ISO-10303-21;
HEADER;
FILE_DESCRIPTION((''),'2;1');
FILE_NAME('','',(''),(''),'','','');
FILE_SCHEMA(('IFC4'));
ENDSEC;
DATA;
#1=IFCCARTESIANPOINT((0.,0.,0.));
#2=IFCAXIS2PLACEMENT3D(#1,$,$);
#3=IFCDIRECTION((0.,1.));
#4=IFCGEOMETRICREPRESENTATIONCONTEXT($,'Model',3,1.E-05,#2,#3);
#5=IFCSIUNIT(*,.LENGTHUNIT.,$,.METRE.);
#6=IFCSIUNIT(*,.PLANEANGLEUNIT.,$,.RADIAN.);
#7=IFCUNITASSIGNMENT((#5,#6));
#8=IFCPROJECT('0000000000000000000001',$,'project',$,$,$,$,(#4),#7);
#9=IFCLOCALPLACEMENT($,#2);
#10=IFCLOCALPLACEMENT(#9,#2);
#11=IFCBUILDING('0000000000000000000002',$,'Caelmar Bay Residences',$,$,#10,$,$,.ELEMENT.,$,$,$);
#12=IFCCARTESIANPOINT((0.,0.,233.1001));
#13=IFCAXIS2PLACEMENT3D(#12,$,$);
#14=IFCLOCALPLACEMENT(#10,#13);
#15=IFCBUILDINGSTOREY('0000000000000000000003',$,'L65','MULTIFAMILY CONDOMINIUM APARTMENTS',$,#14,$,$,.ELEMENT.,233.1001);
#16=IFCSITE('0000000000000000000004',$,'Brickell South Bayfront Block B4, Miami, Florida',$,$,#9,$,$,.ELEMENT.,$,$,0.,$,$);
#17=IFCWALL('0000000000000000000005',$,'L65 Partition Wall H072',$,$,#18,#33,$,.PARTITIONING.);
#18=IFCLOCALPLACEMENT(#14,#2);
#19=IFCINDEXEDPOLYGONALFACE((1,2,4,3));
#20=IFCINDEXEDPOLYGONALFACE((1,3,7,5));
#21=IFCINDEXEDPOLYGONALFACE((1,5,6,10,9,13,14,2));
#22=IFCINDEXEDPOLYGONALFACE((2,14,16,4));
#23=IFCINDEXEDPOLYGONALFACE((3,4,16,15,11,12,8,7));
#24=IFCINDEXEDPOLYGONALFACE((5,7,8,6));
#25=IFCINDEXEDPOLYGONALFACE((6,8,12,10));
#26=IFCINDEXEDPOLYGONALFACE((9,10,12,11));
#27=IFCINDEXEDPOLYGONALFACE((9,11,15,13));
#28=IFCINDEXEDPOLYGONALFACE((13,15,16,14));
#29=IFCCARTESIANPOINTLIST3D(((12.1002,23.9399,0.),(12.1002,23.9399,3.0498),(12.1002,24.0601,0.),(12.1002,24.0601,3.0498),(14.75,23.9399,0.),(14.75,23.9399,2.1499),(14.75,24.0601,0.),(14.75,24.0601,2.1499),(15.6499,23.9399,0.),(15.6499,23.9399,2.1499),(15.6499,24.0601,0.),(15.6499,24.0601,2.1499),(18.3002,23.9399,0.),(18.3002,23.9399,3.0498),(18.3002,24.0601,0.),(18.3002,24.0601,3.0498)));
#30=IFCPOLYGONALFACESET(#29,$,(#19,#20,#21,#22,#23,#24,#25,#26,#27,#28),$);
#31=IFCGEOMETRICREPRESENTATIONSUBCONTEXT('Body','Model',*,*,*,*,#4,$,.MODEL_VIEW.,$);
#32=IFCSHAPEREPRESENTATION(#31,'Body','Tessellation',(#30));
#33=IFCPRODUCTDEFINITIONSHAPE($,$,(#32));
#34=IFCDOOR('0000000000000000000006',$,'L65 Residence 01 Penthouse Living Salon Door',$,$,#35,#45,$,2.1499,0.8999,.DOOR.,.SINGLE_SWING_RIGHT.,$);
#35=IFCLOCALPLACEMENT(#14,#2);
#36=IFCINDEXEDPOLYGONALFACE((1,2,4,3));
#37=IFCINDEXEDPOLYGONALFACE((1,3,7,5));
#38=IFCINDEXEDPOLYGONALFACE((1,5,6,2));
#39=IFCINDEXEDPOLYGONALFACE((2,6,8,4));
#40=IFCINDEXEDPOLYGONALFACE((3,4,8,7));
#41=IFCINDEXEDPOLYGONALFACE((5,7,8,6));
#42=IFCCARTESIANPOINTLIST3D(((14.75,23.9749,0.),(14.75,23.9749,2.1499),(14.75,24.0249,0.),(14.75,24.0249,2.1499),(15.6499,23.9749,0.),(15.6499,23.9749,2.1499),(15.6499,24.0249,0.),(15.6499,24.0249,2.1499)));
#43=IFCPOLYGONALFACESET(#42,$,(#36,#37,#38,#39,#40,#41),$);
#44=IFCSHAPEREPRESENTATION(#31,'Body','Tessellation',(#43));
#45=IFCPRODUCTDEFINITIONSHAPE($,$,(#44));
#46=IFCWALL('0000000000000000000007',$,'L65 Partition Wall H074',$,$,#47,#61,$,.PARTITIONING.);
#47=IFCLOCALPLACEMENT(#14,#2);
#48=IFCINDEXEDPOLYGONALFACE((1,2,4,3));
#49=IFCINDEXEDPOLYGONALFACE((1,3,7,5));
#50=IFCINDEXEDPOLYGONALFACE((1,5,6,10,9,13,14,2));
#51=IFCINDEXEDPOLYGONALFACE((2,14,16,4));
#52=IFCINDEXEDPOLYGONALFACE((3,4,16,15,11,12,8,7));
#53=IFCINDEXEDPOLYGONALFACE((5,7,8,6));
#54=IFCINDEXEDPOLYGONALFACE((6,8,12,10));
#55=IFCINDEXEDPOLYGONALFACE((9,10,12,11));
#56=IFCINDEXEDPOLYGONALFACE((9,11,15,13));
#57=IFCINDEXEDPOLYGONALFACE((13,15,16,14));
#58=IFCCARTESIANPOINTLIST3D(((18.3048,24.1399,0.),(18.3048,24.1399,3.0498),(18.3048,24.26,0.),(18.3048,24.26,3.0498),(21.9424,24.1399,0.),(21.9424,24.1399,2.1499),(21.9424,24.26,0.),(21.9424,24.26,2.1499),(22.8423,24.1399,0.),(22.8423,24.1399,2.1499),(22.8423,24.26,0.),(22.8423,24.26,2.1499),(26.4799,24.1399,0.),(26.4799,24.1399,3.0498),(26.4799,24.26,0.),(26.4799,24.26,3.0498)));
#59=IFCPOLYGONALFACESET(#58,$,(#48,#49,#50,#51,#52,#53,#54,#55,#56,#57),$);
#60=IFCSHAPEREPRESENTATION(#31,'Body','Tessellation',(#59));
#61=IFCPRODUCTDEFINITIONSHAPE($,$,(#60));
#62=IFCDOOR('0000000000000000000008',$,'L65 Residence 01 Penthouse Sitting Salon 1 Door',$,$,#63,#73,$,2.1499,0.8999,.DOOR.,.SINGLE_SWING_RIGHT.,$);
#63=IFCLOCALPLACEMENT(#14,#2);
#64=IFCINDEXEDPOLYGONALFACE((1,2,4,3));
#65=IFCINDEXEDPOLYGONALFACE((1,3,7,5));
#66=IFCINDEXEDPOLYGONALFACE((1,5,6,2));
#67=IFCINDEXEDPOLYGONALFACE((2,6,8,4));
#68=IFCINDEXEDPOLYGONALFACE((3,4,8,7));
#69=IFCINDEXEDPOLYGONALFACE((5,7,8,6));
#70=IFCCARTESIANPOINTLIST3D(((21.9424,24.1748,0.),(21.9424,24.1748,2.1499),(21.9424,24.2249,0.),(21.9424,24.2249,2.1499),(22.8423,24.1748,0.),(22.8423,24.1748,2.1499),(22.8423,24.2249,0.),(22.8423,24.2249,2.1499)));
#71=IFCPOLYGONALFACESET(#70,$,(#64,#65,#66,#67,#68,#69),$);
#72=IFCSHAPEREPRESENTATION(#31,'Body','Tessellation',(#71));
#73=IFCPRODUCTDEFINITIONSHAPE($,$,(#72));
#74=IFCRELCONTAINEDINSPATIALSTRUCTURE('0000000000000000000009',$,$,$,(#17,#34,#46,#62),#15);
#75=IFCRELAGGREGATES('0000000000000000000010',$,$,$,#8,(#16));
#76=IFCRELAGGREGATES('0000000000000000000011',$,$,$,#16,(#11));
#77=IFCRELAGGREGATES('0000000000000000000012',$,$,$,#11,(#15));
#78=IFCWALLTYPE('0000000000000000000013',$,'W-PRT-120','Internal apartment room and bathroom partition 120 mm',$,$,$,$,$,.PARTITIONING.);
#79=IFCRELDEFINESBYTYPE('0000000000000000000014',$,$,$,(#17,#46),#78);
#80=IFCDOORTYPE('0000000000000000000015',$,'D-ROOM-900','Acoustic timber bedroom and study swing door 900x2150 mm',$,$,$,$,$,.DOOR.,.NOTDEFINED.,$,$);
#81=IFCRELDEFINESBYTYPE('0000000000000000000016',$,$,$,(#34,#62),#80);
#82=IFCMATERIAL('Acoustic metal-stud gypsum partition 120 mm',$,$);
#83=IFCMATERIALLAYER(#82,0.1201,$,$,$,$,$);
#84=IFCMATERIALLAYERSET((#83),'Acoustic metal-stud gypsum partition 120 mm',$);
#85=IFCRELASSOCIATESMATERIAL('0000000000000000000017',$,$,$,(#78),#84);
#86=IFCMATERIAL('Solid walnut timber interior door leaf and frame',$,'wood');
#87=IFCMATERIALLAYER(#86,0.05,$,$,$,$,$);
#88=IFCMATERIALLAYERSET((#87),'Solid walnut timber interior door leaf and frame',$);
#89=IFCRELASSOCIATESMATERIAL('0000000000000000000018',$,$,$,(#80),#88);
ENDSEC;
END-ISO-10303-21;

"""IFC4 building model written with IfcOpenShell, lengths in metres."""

from ifc_helpers import new_model, si_unit, direction, frame, frame_2d, origin, place, context, subcontext, project, spatial, rectangle, extrude, material, layer, layer_set, type_object, element, fill, save


model = new_model("IFC4")

# Units and contexts
model_context = context("Model", 3, precision=1e-05, world=origin(), true_north=direction((0.0, 1.0)))
body_context = subcontext(model_context, "Body", "Model", "MODEL_VIEW")
ifc_project = project(units=[si_unit("LENGTHUNIT", "METRE"), si_unit("PLANEANGLEUNIT", "RADIAN")], contexts=[model_context])

# Site, building, storey
site_placement = place(None, origin())
site = spatial("IfcSite", under=ifc_project, at=site_placement, Name="Brickell South Bayfront Block B4, Miami, Florida", CompositionType="ELEMENT", RefElevation=0.0)
building_placement = place(site_placement, origin())
building = spatial("IfcBuilding", under=site, at=building_placement, Name="Caelmar Bay Residences", CompositionType="ELEMENT")
storey_placement = place(building_placement, frame((0.0, 0.0, 233.1001)))
storey = spatial("IfcBuildingStorey", under=building, at=storey_placement, Name="L65", Description="MULTIFAMILY CONDOMINIUM APARTMENTS", CompositionType="ELEMENT", Elevation=233.1001)

# Shared definitions
ifc_material_1 = material(Name="Acoustic metal-stud gypsum partition 120 mm")
ifc_layer_1 = layer(ifc_material_1, 0.1201)
ifc_layer_set_1 = layer_set([ifc_layer_1], Name="Acoustic metal-stud gypsum partition 120 mm")
wall_type_1 = type_object("IfcWallType", Name="W-PRT-120", Description="Internal apartment room and bathroom partition 120 mm", PredefinedType="PARTITIONING", material=ifc_layer_set_1)
ifc_material_2 = material(Name="Solid walnut timber interior door leaf and frame", Category="wood")
ifc_layer_2 = layer(ifc_material_2, 0.05)
ifc_layer_set_2 = layer_set([ifc_layer_2], Name="Solid walnut timber interior door leaf and frame")
door_type = type_object("IfcDoorType", Name="D-ROOM-900", Description="Acoustic timber bedroom and study swing door 900x2150 mm", OperationType="NOTDEFINED", PredefinedType="DOOR", material=ifc_layer_set_2)

# Walls, openings, doors
wall_1_placement = place(storey_placement, frame((12.1001, 24.0, 0.0), z_axis=(0.0, 0.0, 1.0), x_axis=(1.0, 0.0, 0.0)))
wall_1 = element("IfcWall", 1, at=wall_1_placement, inside=storey, type_object=wall_type_1, Name="L65 Partition Wall H072", PredefinedType="PARTITIONING", context=body_context, shape_type="SweptSolid", body=[
    extrude(rectangle(XDim=6.2, YDim=0.1201, at=frame_2d((3.1001, 0.0))), origin(), (0.0, 0.0, 1.0), 3.0498),
])
opening_1_placement = place(wall_1_placement, frame((2.6499, 0.0, 0.0)))
opening_1 = element("IfcOpeningElement", 2, at=opening_1_placement, cuts=wall_1, PredefinedType="OPENING", context=body_context, shape_type="SweptSolid", body=[
    extrude(rectangle(XDim=0.8999, YDim=2.1499, at=frame_2d((0.45, 1.075))), frame((0.0, 0.0701, 0.0), z_axis=(0.0, -1.0, 0.0), x_axis=(1.0, 0.0, 0.0)), (0.0, 0.0, 1.0), 0.1401),
])
door_1_placement = place(opening_1_placement, origin())
door_1 = element("IfcDoor", 3, at=door_1_placement, inside=storey, type_object=door_type, Name="L65 Residence 01 Penthouse Living Salon Door", OperationType="SINGLE_SWING_RIGHT", OverallHeight=2.1499, OverallWidth=0.8999, PredefinedType="DOOR", context=body_context, shape_type="SweptSolid", body=[
    extrude(rectangle(XDim=0.8999, YDim=2.1499, at=frame_2d((0.45, 1.075))), frame((0.0, 0.0249, 0.0), z_axis=(0.0, -1.0, 0.0), x_axis=(1.0, 0.0, 0.0)), (0.0, 0.0, 1.0), 0.05),
])
fill(opening_1, door_1)
wall_2_placement = place(storey_placement, frame((18.3049, 24.2, 0.0), z_axis=(0.0, 0.0, 1.0), x_axis=(1.0, 0.0, 0.0)))
wall_2 = element("IfcWall", 4, at=wall_2_placement, inside=storey, type_object=wall_type_1, Name="L65 Partition Wall H074", PredefinedType="PARTITIONING", context=body_context, shape_type="SweptSolid", body=[
    extrude(rectangle(XDim=8.175, YDim=0.1201, at=frame_2d((4.0874, 0.0))), origin(), (0.0, 0.0, 1.0), 3.0498),
])
opening_2_placement = place(wall_2_placement, frame((3.6375, 0.0, 0.0)))
opening_2 = element("IfcOpeningElement", 5, at=opening_2_placement, cuts=wall_2, PredefinedType="OPENING", context=body_context, shape_type="SweptSolid", body=[
    extrude(rectangle(XDim=0.8999, YDim=2.1499, at=frame_2d((0.45, 1.075))), frame((0.0, 0.0701, 0.0), z_axis=(0.0, -1.0, 0.0), x_axis=(1.0, 0.0, 0.0)), (0.0, 0.0, 1.0), 0.1401),
])
door_2_placement = place(opening_2_placement, origin())
door_2 = element("IfcDoor", 6, at=door_2_placement, inside=storey, type_object=door_type, Name="L65 Residence 01 Penthouse Sitting Salon 1 Door", OperationType="SINGLE_SWING_RIGHT", OverallHeight=2.1499, OverallWidth=0.8999, PredefinedType="DOOR", context=body_context, shape_type="SweptSolid", body=[
    extrude(rectangle(XDim=0.8999, YDim=2.1499, at=frame_2d((0.45, 1.075))), frame((0.0, 0.0249, 0.0), z_axis=(0.0, -1.0, 0.0), x_axis=(1.0, 0.0, 0.0)), (0.0, 0.0, 1.0), 0.05),
])
fill(opening_2, door_2)

save(model, "model.ifc")
